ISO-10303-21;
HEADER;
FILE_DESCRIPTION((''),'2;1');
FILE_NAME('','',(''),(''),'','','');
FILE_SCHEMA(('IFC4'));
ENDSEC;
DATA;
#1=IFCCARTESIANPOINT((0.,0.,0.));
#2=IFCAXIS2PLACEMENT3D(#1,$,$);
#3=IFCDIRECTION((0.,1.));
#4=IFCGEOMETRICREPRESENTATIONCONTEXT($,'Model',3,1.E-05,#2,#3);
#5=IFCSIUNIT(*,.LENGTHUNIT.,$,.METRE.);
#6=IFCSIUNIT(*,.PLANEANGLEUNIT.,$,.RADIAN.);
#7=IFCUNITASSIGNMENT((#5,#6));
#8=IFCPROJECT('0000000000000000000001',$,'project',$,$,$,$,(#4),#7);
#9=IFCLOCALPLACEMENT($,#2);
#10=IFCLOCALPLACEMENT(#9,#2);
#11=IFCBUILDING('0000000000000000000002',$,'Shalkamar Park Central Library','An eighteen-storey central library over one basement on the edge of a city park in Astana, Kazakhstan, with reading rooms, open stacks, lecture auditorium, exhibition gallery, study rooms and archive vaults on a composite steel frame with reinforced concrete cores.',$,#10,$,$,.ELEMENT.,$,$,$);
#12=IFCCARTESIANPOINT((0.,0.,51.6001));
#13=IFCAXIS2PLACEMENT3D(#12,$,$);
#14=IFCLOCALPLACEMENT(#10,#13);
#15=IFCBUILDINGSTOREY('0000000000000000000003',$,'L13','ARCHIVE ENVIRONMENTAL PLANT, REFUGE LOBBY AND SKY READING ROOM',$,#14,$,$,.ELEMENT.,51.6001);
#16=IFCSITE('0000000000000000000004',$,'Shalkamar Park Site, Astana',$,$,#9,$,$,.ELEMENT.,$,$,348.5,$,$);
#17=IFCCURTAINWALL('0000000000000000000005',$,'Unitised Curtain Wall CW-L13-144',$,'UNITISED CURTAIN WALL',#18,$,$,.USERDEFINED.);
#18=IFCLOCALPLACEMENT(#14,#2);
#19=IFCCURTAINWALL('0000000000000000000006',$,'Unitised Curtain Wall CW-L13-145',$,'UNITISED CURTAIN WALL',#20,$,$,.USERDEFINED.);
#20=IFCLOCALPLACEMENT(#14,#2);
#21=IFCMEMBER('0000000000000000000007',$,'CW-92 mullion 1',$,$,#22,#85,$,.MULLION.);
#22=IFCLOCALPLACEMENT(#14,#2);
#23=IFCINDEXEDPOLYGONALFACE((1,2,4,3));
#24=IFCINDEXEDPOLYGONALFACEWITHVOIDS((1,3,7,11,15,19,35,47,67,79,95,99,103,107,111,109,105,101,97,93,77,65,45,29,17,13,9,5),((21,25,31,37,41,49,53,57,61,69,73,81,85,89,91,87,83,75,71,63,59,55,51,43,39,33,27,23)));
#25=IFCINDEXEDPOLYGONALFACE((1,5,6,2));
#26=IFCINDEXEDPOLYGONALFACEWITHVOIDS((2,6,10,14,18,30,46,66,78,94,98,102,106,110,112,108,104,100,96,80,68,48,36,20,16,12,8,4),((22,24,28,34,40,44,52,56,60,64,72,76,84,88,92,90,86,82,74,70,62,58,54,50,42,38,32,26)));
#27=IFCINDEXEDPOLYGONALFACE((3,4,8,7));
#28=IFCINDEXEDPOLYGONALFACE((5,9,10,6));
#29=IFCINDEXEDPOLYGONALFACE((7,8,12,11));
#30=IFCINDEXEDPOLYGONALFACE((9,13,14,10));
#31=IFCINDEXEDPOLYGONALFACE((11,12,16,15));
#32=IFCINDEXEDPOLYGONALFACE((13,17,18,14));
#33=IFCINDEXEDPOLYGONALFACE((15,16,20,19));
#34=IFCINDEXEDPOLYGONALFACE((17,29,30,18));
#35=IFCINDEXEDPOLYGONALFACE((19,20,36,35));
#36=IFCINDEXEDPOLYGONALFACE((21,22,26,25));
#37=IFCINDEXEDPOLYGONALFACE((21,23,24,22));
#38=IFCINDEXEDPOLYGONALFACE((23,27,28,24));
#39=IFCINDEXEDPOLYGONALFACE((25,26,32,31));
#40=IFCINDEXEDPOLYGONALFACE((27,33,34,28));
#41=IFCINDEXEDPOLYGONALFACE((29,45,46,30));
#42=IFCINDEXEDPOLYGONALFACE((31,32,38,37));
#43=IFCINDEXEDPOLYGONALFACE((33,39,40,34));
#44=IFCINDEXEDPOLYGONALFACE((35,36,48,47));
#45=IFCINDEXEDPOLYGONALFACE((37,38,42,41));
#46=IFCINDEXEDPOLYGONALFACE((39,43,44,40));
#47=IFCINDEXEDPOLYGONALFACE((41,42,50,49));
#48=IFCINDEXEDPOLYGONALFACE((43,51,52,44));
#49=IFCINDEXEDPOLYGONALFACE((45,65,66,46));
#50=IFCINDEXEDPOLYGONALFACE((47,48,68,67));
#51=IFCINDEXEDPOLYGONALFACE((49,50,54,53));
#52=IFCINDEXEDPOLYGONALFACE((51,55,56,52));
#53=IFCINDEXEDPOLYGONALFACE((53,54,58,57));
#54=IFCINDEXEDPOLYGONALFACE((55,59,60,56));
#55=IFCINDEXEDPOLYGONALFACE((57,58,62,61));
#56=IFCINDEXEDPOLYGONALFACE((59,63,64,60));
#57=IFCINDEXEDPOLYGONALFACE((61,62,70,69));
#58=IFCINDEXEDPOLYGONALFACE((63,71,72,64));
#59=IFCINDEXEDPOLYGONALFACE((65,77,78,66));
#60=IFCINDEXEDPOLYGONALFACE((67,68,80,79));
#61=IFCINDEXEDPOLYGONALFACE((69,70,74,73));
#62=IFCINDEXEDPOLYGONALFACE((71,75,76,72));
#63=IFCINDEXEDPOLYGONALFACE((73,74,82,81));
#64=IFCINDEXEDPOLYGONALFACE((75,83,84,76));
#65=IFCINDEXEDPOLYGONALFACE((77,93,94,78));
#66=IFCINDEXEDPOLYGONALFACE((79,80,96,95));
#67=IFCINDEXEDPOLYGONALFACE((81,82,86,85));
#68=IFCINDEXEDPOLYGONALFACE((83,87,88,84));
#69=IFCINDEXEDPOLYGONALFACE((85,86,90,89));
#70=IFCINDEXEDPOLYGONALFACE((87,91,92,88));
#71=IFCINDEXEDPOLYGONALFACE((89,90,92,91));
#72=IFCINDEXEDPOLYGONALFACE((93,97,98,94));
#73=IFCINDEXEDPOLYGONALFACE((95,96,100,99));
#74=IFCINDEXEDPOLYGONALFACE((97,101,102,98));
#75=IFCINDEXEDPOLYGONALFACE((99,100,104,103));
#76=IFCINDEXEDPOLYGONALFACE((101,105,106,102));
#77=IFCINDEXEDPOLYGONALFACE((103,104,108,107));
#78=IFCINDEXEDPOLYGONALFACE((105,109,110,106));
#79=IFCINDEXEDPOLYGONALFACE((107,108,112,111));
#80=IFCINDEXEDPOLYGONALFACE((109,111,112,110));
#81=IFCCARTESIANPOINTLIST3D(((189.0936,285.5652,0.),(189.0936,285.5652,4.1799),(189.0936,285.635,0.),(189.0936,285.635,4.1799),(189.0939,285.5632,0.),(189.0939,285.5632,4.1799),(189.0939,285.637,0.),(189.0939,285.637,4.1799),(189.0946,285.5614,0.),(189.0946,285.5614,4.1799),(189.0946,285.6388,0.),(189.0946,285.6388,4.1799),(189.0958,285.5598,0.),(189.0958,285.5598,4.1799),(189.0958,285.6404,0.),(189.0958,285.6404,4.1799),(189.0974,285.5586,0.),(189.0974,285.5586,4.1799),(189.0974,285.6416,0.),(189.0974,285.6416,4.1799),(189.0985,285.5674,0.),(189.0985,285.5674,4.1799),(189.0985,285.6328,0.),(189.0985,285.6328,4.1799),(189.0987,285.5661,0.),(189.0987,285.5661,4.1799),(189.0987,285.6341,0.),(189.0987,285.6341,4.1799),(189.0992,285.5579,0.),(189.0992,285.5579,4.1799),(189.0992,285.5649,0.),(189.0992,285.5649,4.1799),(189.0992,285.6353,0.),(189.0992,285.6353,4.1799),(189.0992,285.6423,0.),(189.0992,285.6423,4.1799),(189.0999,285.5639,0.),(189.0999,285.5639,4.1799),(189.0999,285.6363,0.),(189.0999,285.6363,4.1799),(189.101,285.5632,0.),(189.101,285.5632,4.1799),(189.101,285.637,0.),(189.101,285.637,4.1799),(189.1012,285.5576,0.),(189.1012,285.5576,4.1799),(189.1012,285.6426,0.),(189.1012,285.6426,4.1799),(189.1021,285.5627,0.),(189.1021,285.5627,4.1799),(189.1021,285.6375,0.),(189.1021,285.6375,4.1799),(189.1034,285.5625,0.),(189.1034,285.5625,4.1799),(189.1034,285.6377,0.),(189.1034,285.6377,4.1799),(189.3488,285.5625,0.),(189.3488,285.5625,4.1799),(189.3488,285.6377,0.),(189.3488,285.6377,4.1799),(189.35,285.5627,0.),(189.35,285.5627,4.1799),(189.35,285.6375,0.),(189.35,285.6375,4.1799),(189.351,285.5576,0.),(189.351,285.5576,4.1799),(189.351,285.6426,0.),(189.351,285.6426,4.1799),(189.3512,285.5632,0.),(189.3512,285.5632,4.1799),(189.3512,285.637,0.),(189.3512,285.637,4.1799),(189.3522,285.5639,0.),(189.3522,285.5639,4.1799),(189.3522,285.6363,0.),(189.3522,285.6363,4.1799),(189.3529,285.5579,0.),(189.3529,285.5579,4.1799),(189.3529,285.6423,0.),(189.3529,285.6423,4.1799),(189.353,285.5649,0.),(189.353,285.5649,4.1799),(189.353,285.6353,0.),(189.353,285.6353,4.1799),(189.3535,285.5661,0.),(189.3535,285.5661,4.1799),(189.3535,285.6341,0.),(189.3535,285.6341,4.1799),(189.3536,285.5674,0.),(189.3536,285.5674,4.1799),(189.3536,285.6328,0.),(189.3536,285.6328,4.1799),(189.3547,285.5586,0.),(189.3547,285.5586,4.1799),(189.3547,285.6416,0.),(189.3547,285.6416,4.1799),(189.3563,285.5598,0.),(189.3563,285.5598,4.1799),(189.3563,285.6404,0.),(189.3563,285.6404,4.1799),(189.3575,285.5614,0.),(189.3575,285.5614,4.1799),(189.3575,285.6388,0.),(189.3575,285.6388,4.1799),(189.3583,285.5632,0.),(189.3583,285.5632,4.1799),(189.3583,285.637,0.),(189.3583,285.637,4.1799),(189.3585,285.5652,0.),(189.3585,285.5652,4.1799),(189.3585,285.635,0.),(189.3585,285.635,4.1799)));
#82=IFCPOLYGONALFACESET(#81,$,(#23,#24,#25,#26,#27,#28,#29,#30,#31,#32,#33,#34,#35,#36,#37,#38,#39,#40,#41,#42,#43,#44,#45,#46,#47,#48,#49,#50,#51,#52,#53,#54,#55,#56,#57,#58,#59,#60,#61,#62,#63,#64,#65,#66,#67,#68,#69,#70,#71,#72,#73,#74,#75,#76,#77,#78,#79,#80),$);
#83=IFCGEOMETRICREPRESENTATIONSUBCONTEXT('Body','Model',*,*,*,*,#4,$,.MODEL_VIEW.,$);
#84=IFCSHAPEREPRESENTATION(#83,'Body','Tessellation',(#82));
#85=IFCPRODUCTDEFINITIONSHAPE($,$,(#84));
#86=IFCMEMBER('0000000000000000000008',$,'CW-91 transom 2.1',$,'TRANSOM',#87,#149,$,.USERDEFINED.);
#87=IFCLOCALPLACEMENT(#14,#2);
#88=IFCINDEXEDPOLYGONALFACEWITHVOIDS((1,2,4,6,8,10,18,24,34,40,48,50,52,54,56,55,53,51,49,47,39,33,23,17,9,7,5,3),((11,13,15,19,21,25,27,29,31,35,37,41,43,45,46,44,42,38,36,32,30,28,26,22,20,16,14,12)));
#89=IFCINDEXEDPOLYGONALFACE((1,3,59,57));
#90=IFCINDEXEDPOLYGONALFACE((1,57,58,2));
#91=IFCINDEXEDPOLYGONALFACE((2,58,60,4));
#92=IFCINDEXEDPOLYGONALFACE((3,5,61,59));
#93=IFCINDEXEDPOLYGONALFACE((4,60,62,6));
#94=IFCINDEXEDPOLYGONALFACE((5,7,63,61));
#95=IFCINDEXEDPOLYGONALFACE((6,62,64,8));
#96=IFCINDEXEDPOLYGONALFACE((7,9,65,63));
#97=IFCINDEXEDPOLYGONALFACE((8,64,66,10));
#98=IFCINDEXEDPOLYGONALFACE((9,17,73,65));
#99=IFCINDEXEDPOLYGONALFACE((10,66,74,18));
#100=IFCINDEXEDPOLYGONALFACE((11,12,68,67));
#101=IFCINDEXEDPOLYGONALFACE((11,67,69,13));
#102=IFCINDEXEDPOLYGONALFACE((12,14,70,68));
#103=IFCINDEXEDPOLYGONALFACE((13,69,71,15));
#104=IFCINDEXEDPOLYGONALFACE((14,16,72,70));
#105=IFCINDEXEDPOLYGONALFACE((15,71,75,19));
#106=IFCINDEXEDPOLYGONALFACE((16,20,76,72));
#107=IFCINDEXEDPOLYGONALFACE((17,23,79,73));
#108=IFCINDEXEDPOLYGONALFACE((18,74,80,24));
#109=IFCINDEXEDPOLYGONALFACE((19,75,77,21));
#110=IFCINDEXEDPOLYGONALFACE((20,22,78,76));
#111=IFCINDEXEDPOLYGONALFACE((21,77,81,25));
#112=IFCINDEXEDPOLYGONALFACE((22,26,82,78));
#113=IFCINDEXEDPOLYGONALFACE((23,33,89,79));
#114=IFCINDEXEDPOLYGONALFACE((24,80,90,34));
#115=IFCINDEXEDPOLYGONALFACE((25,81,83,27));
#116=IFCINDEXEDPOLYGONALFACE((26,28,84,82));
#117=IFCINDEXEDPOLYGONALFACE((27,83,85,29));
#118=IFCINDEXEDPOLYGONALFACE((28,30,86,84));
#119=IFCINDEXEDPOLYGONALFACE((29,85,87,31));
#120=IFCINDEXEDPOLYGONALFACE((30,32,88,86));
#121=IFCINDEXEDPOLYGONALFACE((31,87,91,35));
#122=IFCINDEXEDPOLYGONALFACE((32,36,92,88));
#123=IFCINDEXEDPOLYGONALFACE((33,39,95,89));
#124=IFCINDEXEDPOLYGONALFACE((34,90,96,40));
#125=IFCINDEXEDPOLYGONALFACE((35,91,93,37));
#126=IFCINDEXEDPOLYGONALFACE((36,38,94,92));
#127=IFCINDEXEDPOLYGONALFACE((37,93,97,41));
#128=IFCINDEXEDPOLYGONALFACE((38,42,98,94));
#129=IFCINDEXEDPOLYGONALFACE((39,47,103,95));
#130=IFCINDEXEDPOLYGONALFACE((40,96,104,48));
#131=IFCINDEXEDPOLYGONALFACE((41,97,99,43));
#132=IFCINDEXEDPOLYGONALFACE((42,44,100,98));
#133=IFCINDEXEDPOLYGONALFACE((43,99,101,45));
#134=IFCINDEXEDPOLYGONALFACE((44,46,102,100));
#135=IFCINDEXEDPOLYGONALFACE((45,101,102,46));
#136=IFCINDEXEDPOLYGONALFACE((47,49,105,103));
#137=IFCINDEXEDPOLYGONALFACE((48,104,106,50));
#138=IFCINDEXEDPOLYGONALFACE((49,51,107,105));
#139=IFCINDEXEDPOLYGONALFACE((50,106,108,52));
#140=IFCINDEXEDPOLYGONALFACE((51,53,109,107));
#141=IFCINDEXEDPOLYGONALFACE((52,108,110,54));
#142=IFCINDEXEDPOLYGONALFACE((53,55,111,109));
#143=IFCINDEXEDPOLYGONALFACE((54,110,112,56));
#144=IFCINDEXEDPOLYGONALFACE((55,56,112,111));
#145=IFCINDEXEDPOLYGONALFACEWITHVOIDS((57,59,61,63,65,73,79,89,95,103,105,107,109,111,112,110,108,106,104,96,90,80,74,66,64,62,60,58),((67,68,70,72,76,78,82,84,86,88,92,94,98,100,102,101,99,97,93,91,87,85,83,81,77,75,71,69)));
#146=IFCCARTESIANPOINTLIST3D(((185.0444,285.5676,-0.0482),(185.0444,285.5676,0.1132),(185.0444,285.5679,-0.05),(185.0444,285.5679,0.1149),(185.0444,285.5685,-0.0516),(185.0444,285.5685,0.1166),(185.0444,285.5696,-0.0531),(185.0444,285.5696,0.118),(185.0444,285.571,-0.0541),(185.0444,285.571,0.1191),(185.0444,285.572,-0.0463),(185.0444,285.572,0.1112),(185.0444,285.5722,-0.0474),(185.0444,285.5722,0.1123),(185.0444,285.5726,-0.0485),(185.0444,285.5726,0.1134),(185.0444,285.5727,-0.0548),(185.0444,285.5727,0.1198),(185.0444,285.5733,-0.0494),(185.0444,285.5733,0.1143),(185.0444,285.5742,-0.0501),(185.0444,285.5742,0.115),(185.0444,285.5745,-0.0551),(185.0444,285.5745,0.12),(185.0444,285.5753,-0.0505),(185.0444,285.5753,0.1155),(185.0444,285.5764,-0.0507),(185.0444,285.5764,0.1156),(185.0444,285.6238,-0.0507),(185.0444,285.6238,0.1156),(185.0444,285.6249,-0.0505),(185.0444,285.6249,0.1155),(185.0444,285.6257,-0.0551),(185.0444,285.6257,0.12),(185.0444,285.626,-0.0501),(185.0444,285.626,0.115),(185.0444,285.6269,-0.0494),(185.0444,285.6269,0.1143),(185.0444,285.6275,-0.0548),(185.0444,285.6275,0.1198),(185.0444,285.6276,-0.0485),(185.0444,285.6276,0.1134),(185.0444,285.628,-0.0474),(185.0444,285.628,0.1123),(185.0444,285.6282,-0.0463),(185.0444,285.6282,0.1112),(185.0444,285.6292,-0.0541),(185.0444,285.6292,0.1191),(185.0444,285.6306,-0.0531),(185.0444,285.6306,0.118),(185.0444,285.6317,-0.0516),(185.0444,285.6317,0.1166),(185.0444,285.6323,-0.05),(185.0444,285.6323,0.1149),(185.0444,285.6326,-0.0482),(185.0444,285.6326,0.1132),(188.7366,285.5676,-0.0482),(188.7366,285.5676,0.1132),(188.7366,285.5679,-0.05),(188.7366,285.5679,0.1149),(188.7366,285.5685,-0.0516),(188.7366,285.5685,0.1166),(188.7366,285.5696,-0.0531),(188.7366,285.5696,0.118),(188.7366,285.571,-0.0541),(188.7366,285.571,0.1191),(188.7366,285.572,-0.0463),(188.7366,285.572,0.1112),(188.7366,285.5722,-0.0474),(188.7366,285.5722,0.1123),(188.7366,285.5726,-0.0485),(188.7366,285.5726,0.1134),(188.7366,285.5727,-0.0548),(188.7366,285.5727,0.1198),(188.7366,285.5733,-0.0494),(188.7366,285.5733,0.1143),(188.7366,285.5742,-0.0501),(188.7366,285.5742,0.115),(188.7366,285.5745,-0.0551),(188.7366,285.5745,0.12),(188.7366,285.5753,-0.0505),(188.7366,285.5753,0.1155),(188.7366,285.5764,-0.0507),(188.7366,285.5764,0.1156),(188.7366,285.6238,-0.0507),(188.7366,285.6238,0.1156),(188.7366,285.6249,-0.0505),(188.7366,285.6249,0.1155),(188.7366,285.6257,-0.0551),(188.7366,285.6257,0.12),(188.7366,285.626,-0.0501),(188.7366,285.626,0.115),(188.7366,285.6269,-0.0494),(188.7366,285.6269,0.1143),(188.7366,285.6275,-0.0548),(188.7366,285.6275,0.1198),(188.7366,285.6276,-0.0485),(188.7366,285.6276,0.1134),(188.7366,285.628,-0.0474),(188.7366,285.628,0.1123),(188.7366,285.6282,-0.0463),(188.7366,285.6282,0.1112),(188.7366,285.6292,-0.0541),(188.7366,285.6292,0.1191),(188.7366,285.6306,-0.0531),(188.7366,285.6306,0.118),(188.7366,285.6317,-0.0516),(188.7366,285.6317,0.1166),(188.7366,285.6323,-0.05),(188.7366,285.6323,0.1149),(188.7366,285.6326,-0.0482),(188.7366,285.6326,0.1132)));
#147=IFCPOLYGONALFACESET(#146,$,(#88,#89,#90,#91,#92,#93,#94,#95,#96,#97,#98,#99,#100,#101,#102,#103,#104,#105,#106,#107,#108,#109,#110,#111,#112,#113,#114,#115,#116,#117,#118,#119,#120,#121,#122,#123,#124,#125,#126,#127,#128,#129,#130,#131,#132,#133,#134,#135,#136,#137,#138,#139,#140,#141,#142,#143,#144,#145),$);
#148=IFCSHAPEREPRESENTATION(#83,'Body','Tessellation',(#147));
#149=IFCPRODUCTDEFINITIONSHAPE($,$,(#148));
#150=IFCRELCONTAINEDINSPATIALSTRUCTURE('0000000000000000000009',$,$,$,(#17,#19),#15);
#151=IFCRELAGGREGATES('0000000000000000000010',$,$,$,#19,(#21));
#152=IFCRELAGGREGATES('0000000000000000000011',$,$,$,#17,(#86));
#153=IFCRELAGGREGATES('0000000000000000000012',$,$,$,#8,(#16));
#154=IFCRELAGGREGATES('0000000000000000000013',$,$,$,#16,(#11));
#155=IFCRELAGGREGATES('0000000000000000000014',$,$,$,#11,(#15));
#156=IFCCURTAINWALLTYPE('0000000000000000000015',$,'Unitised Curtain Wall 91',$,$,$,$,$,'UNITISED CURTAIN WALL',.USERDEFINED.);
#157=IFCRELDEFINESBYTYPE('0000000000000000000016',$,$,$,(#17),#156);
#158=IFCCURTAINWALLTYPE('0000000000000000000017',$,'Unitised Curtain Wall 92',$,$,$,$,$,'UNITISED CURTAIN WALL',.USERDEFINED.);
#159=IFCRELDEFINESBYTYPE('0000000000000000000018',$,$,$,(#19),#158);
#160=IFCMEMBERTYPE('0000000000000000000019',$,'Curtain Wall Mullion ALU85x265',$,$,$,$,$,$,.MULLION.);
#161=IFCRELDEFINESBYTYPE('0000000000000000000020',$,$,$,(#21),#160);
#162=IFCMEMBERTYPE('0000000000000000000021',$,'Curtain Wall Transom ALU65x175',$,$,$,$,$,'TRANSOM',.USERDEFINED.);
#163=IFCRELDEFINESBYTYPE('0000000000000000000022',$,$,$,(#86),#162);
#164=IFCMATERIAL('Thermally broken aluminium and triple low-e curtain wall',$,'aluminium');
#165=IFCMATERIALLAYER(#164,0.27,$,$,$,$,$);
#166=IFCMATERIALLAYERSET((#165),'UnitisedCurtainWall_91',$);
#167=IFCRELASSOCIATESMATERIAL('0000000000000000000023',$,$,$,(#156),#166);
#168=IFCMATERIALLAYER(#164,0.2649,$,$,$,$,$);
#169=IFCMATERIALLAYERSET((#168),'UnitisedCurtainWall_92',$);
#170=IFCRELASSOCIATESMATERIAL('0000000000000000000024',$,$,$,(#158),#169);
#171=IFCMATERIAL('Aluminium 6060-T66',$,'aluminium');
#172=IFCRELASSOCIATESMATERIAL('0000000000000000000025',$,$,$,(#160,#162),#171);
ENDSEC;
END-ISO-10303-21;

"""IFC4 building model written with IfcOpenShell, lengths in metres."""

from ifc_helpers import new_model, si_unit, direction, frame, origin, origin_2d, place, context, subcontext, project, spatial, hollow_rectangle, extrude, material, layer, layer_set, material_profile, profile_set, type_object, element, aggregate, save


model = new_model("IFC4")

# Units and contexts
model_context = context("Model", 3, precision=1e-05, world=origin(), true_north=direction((0.0, 1.0)))
body_context = subcontext(model_context, "Body", "Model", "MODEL_VIEW")
ifc_project = project(units=[si_unit("LENGTHUNIT", "METRE"), si_unit("PLANEANGLEUNIT", "RADIAN")], contexts=[model_context])

# Site, building, storey
site_placement = place(None, origin())
site = spatial("IfcSite", under=ifc_project, at=site_placement, Name="Shalkamar Park Site, Astana", CompositionType="ELEMENT", RefElevation=348.5)
building_placement = place(site_placement, origin())
building = spatial("IfcBuilding", under=site, at=building_placement, Name="Shalkamar Park Central Library", Description="An eighteen-storey central library over one basement on the edge of a city park in Astana, Kazakhstan, with reading rooms, open stacks, lecture auditorium, exhibition gallery, study rooms and archive vaults on a composite steel frame with reinforced concrete cores.", CompositionType="ELEMENT")
storey_placement = place(building_placement, frame((0.0, 0.0, 51.6001)))
storey = spatial("IfcBuildingStorey", under=building, at=storey_placement, Name="L13", Description="ARCHIVE ENVIRONMENTAL PLANT, REFUGE LOBBY AND SKY READING ROOM", CompositionType="ELEMENT", Elevation=51.6001)

# Curtain wall
ifc_material_1 = material(Name="Thermally broken aluminium and triple low-e curtain wall", Category="aluminium")
ifc_layer_1 = layer(ifc_material_1, 0.27)
ifc_layer_set_1 = layer_set([ifc_layer_1], Name="UnitisedCurtainWall_91")
curtain_wall_type_1 = type_object("IfcCurtainWallType", Name="Unitised Curtain Wall 91", ElementType="UNITISED CURTAIN WALL", PredefinedType="USERDEFINED", material=ifc_layer_set_1)
curtain_wall_1_placement = place(storey_placement, origin())
curtain_wall_1 = element("IfcCurtainWall", 1, at=curtain_wall_1_placement, inside=storey, type_object=curtain_wall_type_1, Name="Unitised Curtain Wall CW-L13-144", ObjectType="UNITISED CURTAIN WALL", PredefinedType="USERDEFINED")
ifc_material_2 = material(Name="Aluminium 6060-T66", Category="aluminium")

# Curtain wall, member
ifc_layer_2 = layer(ifc_material_1, 0.2649)
ifc_layer_set_2 = layer_set([ifc_layer_2], Name="UnitisedCurtainWall_92")
curtain_wall_type_2 = type_object("IfcCurtainWallType", Name="Unitised Curtain Wall 92", ElementType="UNITISED CURTAIN WALL", PredefinedType="USERDEFINED", material=ifc_layer_set_2)
curtain_wall_2_placement = place(storey_placement, origin())
curtain_wall_2 = element("IfcCurtainWall", 2, at=curtain_wall_2_placement, inside=storey, type_object=curtain_wall_type_2, Name="Unitised Curtain Wall CW-L13-145", ObjectType="UNITISED CURTAIN WALL", PredefinedType="USERDEFINED")
ifc_material_profile_1 = material_profile(ifc_material_2, hollow_rectangle(XDim=0.085, YDim=0.2649, WallThickness=0.0049, InnerFilletRadius=0.0049, OuterFilletRadius=0.0076, at=origin_2d()), Name="ALU 85x265x5")
ifc_profile_set_1 = profile_set([ifc_material_profile_1], Name="Aluminium 6060-T66")
member_type_1 = type_object("IfcMemberType", Name="Curtain Wall Mullion ALU85x265", PredefinedType="MULLION", material=ifc_profile_set_1)
member_1_placement = place(storey_placement, frame((189.2261, 285.6001, 0.0), z_axis=(0.0, 0.0, 1.0), x_axis=(0.0, 1.0, 0.0)))
member_1 = element("IfcMember", 3, at=member_1_placement, type_object=member_type_1, Name="CW-92 mullion 1", PredefinedType="MULLION", context=body_context, shape_type="SweptSolid", body=[
    extrude(hollow_rectangle(XDim=0.085, YDim=0.2649, WallThickness=0.0049, InnerFilletRadius=0.0049, OuterFilletRadius=0.0076, at=origin_2d()), origin(), (0.0, 0.0, 1.0), 4.1799),
])

# Member
ifc_material_profile_2 = material_profile(ifc_material_2, hollow_rectangle(XDim=0.0649, YDim=0.175, WallThickness=0.0044, InnerFilletRadius=0.0044, OuterFilletRadius=0.0068, at=origin_2d()), Name="ALU 65x175x4.5")
ifc_profile_set_2 = profile_set([ifc_material_profile_2], Name="Aluminium 6060-T66")
member_type_2 = type_object("IfcMemberType", Name="Curtain Wall Transom ALU65x175", ElementType="TRANSOM", PredefinedType="USERDEFINED", material=ifc_profile_set_2)
member_2_placement = place(storey_placement, frame((185.0444, 285.6001, 0.0325), z_axis=(1.0, 0.0, 0.0), x_axis=(0.0, 1.0, 0.0)))
member_2 = element("IfcMember", 4, at=member_2_placement, type_object=member_type_2, Name="CW-91 transom 2.1", ObjectType="TRANSOM", PredefinedType="USERDEFINED", context=body_context, shape_type="SweptSolid", body=[
    extrude(hollow_rectangle(XDim=0.0649, YDim=0.175, WallThickness=0.0044, InnerFilletRadius=0.0044, OuterFilletRadius=0.0068, at=origin_2d()), origin(), (0.0, 0.0, 1.0), 3.6921),
])

aggregate(curtain_wall_2, [member_1])
aggregate(curtain_wall_1, [member_2])

save(model, "model.ifc")
